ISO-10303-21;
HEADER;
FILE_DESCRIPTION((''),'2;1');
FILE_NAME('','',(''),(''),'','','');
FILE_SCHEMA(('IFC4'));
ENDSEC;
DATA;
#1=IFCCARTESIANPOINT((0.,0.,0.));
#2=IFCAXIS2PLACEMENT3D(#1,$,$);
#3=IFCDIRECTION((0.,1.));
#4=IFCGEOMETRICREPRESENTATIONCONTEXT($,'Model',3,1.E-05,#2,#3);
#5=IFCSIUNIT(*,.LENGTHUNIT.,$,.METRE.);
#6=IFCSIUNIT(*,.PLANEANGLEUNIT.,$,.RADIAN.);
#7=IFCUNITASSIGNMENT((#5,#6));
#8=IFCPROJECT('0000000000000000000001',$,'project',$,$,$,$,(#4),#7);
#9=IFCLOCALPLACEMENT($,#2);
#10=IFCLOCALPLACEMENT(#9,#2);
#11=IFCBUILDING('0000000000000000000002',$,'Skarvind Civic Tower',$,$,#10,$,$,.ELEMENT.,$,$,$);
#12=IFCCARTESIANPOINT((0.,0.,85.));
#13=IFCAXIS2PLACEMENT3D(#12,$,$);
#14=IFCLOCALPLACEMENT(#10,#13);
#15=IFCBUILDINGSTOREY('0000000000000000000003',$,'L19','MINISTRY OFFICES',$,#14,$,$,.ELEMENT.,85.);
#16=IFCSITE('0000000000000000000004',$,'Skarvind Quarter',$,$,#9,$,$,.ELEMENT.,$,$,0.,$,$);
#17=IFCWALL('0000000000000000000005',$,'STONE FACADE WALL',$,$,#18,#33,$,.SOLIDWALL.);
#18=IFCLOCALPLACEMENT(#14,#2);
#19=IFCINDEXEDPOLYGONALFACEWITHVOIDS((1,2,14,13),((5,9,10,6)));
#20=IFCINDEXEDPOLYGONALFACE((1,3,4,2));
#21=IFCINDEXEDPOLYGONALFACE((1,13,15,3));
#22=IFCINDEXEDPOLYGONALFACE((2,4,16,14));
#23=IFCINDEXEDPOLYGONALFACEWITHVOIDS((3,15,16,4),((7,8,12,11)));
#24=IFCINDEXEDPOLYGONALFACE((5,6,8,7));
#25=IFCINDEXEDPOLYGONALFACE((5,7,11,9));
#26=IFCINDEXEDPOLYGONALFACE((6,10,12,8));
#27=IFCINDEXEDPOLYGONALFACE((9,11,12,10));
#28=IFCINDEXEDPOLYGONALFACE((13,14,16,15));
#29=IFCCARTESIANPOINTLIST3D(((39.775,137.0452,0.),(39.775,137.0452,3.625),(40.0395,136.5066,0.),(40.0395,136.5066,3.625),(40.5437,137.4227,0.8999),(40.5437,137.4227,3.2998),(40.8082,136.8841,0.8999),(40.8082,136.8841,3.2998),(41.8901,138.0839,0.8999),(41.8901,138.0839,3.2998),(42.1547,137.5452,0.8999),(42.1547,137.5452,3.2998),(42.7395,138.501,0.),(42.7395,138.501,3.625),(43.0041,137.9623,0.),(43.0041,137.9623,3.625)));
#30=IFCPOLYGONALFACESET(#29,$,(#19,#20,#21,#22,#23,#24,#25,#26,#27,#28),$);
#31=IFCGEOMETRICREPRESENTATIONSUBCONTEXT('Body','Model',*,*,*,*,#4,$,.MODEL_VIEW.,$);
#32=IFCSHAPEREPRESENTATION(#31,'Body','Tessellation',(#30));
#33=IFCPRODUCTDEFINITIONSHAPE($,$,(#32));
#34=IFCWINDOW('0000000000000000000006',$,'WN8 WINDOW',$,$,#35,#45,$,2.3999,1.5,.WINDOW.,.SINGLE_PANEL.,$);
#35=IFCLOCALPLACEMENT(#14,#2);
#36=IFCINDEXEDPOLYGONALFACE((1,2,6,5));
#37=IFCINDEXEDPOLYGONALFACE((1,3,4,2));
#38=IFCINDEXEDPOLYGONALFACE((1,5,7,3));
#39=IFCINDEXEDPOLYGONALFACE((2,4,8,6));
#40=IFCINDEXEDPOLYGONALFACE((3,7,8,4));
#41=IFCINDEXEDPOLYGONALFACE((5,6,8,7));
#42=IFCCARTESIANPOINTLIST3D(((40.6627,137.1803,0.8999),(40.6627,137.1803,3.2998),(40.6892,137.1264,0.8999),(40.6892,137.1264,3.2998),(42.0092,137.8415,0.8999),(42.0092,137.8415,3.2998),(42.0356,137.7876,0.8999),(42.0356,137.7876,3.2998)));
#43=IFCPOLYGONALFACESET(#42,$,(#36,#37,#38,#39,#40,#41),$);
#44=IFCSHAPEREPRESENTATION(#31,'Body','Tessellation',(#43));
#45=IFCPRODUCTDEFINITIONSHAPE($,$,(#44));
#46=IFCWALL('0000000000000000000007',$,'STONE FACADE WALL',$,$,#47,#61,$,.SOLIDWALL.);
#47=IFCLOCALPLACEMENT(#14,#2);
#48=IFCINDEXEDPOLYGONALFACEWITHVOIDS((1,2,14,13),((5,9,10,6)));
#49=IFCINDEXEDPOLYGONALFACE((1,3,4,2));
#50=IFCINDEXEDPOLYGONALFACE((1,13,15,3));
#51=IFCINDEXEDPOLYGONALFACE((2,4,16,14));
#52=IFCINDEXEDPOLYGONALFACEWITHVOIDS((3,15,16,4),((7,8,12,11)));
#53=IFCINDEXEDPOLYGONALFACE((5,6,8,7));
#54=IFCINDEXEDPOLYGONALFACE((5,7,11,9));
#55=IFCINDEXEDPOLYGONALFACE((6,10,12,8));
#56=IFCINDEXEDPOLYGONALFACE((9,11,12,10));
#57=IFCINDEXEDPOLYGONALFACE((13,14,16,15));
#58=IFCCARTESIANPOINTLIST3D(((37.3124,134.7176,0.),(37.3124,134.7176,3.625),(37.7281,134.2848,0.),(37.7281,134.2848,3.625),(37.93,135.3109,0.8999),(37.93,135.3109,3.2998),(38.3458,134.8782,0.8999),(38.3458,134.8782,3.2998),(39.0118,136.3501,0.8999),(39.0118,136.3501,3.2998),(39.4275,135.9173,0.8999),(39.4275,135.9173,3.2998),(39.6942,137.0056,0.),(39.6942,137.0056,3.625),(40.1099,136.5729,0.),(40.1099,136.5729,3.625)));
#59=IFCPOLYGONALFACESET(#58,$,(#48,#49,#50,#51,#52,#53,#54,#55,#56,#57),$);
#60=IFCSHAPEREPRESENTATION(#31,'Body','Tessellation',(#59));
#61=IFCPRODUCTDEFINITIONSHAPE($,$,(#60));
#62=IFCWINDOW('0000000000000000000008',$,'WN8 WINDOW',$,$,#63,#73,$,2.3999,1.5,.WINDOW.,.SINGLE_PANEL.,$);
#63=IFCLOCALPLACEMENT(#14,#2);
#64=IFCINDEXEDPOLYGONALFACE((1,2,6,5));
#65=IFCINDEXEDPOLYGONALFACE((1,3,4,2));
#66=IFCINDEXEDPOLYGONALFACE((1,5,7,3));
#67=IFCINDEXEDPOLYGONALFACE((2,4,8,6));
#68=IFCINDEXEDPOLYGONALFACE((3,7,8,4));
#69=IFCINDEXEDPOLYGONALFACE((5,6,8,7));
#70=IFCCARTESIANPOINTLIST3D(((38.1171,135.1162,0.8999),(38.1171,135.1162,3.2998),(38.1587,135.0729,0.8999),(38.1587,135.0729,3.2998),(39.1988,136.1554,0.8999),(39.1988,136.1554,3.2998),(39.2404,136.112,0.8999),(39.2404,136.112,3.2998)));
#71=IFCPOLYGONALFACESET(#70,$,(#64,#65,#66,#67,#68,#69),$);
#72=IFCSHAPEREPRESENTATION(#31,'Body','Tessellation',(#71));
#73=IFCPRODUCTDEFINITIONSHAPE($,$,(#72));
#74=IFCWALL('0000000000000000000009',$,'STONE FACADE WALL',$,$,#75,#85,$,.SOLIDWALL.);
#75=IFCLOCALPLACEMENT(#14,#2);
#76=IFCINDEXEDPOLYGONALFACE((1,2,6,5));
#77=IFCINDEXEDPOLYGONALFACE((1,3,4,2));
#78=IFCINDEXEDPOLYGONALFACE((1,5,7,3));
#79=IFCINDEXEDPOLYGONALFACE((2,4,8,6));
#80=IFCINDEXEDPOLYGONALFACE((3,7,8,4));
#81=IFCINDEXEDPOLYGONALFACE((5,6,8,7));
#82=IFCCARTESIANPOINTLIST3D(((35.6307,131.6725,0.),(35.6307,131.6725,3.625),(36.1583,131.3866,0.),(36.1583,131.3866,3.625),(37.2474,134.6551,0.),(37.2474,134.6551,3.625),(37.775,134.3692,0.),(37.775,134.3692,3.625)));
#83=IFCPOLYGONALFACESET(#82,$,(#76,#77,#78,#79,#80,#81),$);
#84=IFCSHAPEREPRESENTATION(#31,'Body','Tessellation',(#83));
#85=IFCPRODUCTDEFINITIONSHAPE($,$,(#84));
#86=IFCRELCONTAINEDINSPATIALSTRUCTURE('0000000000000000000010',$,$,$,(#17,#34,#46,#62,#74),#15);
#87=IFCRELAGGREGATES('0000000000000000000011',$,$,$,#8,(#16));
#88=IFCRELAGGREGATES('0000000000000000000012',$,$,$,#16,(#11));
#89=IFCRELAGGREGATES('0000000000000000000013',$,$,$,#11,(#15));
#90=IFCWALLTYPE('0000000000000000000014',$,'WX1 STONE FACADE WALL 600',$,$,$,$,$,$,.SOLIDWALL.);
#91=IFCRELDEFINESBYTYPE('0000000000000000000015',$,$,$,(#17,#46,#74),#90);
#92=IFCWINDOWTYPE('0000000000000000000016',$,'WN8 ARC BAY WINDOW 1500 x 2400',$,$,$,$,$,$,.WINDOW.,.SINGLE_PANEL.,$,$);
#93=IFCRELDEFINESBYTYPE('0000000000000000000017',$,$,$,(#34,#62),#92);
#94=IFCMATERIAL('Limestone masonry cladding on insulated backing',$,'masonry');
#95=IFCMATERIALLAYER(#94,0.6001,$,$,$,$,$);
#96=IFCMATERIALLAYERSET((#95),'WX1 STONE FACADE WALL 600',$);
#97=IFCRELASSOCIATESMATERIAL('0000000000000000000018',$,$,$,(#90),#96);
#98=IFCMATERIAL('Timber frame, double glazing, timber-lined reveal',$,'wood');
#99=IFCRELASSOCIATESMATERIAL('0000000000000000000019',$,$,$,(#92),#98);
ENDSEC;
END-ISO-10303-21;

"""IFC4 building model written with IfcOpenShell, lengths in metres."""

from ifc_helpers import new_model, si_unit, direction, frame, frame_2d, origin, place, context, subcontext, project, spatial, rectangle, extrude, material, layer, layer_set, type_object, element, fill, save


model = new_model("IFC4")

# Units and contexts
model_context = context("Model", 3, precision=1e-05, world=origin(), true_north=direction((0.0, 1.0)))
body_context = subcontext(model_context, "Body", "Model", "MODEL_VIEW")
ifc_project = project(units=[si_unit("LENGTHUNIT", "METRE"), si_unit("PLANEANGLEUNIT", "RADIAN")], contexts=[model_context])

# Site, building, storey
site_placement = place(None, origin())
site = spatial("IfcSite", under=ifc_project, at=site_placement, Name="Skarvind Quarter", CompositionType="ELEMENT", RefElevation=0.0)
building_placement = place(site_placement, origin())
building = spatial("IfcBuilding", under=site, at=building_placement, Name="Skarvind Civic Tower", CompositionType="ELEMENT")
storey_placement = place(building_placement, frame((0.0, 0.0, 85.0)))
storey = spatial("IfcBuildingStorey", under=building, at=storey_placement, Name="L19", Description="MINISTRY OFFICES", CompositionType="ELEMENT", Elevation=85.0)

# Shared definitions
ifc_material_1 = material(Name="Limestone masonry cladding on insulated backing", Category="masonry")
ifc_layer_1 = layer(ifc_material_1, 0.6001)
ifc_layer_set_1 = layer_set([ifc_layer_1], Name="WX1 STONE FACADE WALL 600")
wall_type_1 = type_object("IfcWallType", Name="WX1 STONE FACADE WALL 600", PredefinedType="SOLIDWALL", material=ifc_layer_set_1)
ifc_material_2 = material(Name="Timber frame, double glazing, timber-lined reveal", Category="wood")

# Walls, openings, windows
window_type_1 = type_object("IfcWindowType", Name="WN8 ARC BAY WINDOW 1500 x 2400", PartitioningType="SINGLE_PANEL", PredefinedType="WINDOW", material=ifc_material_2)
wall_1_placement = place(storey_placement, frame((39.9072, 136.7759, 0.0), z_axis=(0.0, 0.0, 1.0), x_axis=(0.897612, 0.440786, 0.0)))
wall_1 = element("IfcWall", 1, at=wall_1_placement, inside=storey, type_object=wall_type_1, Name="STONE FACADE WALL", PredefinedType="SOLIDWALL", context=body_context, shape_type="SweptSolid", body=[
    extrude(rectangle(XDim=3.3027, YDim=0.6001, at=frame_2d((1.6514, 0.0))), origin(), (0.0, 0.0, 1.0), 3.625),
])
opening_1_placement = place(wall_1_placement, frame((0.8564, 0.0, 0.8999)))
opening_1 = element("IfcOpeningElement", 2, at=opening_1_placement, cuts=wall_1, PredefinedType="OPENING", context=body_context, shape_type="SweptSolid", body=[
    extrude(rectangle(XDim=1.5, YDim=2.3999, at=frame_2d((0.75, 1.2))), frame((0.0, 0.3101, 0.0), z_axis=(0.0, -1.0, 0.0), x_axis=(1.0, 0.0, 0.0)), (0.0, 0.0, 1.0), 0.6201),
])
window_1_placement = place(opening_1_placement, origin())
window_1 = element("IfcWindow", 3, at=window_1_placement, inside=storey, type_object=window_type_1, Name="WN8 WINDOW", OverallHeight=2.3999, OverallWidth=1.5, PartitioningType="SINGLE_PANEL", PredefinedType="WINDOW", context=body_context, shape_type="SweptSolid", body=[
    extrude(rectangle(XDim=1.5, YDim=2.3999, at=frame_2d((0.75, 1.2))), frame((0.0, 0.03, 0.0), z_axis=(0.0, -1.0, 0.0), x_axis=(1.0, 0.0, 0.0)), (0.0, 0.0, 1.0), 0.0601),
])
fill(opening_1, window_1)
wall_2_placement = place(storey_placement, frame((37.5203, 134.5012, 0.0), z_axis=(0.0, 0.0, 1.0), x_axis=(0.721157, 0.692772, 0.0)))
wall_2 = element("IfcWall", 4, at=wall_2_placement, inside=storey, type_object=wall_type_1, Name="STONE FACADE WALL", PredefinedType="SOLIDWALL", context=body_context, shape_type="SweptSolid", body=[
    extrude(rectangle(XDim=3.3027, YDim=0.6001, at=frame_2d((1.6514, 0.0))), origin(), (0.0, 0.0, 1.0), 3.625),
])
opening_2_placement = place(wall_2_placement, frame((0.8564, 0.0, 0.8999)))
opening_2 = element("IfcOpeningElement", 5, at=opening_2_placement, cuts=wall_2, PredefinedType="OPENING", context=body_context, shape_type="SweptSolid", body=[
    extrude(rectangle(XDim=1.5, YDim=2.3999, at=frame_2d((0.75, 1.2))), frame((0.0, 0.3101, 0.0), z_axis=(0.0, -1.0, 0.0), x_axis=(1.0, 0.0, 0.0)), (0.0, 0.0, 1.0), 0.6201),
])
window_2_placement = place(opening_2_placement, origin())
window_2 = element("IfcWindow", 6, at=window_2_placement, inside=storey, type_object=window_type_1, Name="WN8 WINDOW", OverallHeight=2.3999, OverallWidth=1.5, PartitioningType="SINGLE_PANEL", PredefinedType="WINDOW", context=body_context, shape_type="SweptSolid", body=[
    extrude(rectangle(XDim=1.5, YDim=2.3999, at=frame_2d((0.75, 1.2))), frame((0.0, 0.03, 0.0), z_axis=(0.0, -1.0, 0.0), x_axis=(1.0, 0.0, 0.0)), (0.0, 0.0, 1.0), 0.0601),
])
fill(opening_2, window_2)

# Wall
wall_3_placement = place(storey_placement, frame((35.8945, 131.5295, 0.0), z_axis=(0.0, 0.0, 1.0), x_axis=(0.476531, 0.879158, 0.0)))
element("IfcWall", 7, at=wall_3_placement, inside=storey, type_object=wall_type_1, Name="STONE FACADE WALL", PredefinedType="SOLIDWALL", context=body_context, shape_type="SweptSolid", body=[
    extrude(rectangle(XDim=3.3926, YDim=0.6001, at=frame_2d((1.6963, 0.0))), origin(), (0.0, 0.0, 1.0), 3.625),
])

save(model, "model.ifc")
